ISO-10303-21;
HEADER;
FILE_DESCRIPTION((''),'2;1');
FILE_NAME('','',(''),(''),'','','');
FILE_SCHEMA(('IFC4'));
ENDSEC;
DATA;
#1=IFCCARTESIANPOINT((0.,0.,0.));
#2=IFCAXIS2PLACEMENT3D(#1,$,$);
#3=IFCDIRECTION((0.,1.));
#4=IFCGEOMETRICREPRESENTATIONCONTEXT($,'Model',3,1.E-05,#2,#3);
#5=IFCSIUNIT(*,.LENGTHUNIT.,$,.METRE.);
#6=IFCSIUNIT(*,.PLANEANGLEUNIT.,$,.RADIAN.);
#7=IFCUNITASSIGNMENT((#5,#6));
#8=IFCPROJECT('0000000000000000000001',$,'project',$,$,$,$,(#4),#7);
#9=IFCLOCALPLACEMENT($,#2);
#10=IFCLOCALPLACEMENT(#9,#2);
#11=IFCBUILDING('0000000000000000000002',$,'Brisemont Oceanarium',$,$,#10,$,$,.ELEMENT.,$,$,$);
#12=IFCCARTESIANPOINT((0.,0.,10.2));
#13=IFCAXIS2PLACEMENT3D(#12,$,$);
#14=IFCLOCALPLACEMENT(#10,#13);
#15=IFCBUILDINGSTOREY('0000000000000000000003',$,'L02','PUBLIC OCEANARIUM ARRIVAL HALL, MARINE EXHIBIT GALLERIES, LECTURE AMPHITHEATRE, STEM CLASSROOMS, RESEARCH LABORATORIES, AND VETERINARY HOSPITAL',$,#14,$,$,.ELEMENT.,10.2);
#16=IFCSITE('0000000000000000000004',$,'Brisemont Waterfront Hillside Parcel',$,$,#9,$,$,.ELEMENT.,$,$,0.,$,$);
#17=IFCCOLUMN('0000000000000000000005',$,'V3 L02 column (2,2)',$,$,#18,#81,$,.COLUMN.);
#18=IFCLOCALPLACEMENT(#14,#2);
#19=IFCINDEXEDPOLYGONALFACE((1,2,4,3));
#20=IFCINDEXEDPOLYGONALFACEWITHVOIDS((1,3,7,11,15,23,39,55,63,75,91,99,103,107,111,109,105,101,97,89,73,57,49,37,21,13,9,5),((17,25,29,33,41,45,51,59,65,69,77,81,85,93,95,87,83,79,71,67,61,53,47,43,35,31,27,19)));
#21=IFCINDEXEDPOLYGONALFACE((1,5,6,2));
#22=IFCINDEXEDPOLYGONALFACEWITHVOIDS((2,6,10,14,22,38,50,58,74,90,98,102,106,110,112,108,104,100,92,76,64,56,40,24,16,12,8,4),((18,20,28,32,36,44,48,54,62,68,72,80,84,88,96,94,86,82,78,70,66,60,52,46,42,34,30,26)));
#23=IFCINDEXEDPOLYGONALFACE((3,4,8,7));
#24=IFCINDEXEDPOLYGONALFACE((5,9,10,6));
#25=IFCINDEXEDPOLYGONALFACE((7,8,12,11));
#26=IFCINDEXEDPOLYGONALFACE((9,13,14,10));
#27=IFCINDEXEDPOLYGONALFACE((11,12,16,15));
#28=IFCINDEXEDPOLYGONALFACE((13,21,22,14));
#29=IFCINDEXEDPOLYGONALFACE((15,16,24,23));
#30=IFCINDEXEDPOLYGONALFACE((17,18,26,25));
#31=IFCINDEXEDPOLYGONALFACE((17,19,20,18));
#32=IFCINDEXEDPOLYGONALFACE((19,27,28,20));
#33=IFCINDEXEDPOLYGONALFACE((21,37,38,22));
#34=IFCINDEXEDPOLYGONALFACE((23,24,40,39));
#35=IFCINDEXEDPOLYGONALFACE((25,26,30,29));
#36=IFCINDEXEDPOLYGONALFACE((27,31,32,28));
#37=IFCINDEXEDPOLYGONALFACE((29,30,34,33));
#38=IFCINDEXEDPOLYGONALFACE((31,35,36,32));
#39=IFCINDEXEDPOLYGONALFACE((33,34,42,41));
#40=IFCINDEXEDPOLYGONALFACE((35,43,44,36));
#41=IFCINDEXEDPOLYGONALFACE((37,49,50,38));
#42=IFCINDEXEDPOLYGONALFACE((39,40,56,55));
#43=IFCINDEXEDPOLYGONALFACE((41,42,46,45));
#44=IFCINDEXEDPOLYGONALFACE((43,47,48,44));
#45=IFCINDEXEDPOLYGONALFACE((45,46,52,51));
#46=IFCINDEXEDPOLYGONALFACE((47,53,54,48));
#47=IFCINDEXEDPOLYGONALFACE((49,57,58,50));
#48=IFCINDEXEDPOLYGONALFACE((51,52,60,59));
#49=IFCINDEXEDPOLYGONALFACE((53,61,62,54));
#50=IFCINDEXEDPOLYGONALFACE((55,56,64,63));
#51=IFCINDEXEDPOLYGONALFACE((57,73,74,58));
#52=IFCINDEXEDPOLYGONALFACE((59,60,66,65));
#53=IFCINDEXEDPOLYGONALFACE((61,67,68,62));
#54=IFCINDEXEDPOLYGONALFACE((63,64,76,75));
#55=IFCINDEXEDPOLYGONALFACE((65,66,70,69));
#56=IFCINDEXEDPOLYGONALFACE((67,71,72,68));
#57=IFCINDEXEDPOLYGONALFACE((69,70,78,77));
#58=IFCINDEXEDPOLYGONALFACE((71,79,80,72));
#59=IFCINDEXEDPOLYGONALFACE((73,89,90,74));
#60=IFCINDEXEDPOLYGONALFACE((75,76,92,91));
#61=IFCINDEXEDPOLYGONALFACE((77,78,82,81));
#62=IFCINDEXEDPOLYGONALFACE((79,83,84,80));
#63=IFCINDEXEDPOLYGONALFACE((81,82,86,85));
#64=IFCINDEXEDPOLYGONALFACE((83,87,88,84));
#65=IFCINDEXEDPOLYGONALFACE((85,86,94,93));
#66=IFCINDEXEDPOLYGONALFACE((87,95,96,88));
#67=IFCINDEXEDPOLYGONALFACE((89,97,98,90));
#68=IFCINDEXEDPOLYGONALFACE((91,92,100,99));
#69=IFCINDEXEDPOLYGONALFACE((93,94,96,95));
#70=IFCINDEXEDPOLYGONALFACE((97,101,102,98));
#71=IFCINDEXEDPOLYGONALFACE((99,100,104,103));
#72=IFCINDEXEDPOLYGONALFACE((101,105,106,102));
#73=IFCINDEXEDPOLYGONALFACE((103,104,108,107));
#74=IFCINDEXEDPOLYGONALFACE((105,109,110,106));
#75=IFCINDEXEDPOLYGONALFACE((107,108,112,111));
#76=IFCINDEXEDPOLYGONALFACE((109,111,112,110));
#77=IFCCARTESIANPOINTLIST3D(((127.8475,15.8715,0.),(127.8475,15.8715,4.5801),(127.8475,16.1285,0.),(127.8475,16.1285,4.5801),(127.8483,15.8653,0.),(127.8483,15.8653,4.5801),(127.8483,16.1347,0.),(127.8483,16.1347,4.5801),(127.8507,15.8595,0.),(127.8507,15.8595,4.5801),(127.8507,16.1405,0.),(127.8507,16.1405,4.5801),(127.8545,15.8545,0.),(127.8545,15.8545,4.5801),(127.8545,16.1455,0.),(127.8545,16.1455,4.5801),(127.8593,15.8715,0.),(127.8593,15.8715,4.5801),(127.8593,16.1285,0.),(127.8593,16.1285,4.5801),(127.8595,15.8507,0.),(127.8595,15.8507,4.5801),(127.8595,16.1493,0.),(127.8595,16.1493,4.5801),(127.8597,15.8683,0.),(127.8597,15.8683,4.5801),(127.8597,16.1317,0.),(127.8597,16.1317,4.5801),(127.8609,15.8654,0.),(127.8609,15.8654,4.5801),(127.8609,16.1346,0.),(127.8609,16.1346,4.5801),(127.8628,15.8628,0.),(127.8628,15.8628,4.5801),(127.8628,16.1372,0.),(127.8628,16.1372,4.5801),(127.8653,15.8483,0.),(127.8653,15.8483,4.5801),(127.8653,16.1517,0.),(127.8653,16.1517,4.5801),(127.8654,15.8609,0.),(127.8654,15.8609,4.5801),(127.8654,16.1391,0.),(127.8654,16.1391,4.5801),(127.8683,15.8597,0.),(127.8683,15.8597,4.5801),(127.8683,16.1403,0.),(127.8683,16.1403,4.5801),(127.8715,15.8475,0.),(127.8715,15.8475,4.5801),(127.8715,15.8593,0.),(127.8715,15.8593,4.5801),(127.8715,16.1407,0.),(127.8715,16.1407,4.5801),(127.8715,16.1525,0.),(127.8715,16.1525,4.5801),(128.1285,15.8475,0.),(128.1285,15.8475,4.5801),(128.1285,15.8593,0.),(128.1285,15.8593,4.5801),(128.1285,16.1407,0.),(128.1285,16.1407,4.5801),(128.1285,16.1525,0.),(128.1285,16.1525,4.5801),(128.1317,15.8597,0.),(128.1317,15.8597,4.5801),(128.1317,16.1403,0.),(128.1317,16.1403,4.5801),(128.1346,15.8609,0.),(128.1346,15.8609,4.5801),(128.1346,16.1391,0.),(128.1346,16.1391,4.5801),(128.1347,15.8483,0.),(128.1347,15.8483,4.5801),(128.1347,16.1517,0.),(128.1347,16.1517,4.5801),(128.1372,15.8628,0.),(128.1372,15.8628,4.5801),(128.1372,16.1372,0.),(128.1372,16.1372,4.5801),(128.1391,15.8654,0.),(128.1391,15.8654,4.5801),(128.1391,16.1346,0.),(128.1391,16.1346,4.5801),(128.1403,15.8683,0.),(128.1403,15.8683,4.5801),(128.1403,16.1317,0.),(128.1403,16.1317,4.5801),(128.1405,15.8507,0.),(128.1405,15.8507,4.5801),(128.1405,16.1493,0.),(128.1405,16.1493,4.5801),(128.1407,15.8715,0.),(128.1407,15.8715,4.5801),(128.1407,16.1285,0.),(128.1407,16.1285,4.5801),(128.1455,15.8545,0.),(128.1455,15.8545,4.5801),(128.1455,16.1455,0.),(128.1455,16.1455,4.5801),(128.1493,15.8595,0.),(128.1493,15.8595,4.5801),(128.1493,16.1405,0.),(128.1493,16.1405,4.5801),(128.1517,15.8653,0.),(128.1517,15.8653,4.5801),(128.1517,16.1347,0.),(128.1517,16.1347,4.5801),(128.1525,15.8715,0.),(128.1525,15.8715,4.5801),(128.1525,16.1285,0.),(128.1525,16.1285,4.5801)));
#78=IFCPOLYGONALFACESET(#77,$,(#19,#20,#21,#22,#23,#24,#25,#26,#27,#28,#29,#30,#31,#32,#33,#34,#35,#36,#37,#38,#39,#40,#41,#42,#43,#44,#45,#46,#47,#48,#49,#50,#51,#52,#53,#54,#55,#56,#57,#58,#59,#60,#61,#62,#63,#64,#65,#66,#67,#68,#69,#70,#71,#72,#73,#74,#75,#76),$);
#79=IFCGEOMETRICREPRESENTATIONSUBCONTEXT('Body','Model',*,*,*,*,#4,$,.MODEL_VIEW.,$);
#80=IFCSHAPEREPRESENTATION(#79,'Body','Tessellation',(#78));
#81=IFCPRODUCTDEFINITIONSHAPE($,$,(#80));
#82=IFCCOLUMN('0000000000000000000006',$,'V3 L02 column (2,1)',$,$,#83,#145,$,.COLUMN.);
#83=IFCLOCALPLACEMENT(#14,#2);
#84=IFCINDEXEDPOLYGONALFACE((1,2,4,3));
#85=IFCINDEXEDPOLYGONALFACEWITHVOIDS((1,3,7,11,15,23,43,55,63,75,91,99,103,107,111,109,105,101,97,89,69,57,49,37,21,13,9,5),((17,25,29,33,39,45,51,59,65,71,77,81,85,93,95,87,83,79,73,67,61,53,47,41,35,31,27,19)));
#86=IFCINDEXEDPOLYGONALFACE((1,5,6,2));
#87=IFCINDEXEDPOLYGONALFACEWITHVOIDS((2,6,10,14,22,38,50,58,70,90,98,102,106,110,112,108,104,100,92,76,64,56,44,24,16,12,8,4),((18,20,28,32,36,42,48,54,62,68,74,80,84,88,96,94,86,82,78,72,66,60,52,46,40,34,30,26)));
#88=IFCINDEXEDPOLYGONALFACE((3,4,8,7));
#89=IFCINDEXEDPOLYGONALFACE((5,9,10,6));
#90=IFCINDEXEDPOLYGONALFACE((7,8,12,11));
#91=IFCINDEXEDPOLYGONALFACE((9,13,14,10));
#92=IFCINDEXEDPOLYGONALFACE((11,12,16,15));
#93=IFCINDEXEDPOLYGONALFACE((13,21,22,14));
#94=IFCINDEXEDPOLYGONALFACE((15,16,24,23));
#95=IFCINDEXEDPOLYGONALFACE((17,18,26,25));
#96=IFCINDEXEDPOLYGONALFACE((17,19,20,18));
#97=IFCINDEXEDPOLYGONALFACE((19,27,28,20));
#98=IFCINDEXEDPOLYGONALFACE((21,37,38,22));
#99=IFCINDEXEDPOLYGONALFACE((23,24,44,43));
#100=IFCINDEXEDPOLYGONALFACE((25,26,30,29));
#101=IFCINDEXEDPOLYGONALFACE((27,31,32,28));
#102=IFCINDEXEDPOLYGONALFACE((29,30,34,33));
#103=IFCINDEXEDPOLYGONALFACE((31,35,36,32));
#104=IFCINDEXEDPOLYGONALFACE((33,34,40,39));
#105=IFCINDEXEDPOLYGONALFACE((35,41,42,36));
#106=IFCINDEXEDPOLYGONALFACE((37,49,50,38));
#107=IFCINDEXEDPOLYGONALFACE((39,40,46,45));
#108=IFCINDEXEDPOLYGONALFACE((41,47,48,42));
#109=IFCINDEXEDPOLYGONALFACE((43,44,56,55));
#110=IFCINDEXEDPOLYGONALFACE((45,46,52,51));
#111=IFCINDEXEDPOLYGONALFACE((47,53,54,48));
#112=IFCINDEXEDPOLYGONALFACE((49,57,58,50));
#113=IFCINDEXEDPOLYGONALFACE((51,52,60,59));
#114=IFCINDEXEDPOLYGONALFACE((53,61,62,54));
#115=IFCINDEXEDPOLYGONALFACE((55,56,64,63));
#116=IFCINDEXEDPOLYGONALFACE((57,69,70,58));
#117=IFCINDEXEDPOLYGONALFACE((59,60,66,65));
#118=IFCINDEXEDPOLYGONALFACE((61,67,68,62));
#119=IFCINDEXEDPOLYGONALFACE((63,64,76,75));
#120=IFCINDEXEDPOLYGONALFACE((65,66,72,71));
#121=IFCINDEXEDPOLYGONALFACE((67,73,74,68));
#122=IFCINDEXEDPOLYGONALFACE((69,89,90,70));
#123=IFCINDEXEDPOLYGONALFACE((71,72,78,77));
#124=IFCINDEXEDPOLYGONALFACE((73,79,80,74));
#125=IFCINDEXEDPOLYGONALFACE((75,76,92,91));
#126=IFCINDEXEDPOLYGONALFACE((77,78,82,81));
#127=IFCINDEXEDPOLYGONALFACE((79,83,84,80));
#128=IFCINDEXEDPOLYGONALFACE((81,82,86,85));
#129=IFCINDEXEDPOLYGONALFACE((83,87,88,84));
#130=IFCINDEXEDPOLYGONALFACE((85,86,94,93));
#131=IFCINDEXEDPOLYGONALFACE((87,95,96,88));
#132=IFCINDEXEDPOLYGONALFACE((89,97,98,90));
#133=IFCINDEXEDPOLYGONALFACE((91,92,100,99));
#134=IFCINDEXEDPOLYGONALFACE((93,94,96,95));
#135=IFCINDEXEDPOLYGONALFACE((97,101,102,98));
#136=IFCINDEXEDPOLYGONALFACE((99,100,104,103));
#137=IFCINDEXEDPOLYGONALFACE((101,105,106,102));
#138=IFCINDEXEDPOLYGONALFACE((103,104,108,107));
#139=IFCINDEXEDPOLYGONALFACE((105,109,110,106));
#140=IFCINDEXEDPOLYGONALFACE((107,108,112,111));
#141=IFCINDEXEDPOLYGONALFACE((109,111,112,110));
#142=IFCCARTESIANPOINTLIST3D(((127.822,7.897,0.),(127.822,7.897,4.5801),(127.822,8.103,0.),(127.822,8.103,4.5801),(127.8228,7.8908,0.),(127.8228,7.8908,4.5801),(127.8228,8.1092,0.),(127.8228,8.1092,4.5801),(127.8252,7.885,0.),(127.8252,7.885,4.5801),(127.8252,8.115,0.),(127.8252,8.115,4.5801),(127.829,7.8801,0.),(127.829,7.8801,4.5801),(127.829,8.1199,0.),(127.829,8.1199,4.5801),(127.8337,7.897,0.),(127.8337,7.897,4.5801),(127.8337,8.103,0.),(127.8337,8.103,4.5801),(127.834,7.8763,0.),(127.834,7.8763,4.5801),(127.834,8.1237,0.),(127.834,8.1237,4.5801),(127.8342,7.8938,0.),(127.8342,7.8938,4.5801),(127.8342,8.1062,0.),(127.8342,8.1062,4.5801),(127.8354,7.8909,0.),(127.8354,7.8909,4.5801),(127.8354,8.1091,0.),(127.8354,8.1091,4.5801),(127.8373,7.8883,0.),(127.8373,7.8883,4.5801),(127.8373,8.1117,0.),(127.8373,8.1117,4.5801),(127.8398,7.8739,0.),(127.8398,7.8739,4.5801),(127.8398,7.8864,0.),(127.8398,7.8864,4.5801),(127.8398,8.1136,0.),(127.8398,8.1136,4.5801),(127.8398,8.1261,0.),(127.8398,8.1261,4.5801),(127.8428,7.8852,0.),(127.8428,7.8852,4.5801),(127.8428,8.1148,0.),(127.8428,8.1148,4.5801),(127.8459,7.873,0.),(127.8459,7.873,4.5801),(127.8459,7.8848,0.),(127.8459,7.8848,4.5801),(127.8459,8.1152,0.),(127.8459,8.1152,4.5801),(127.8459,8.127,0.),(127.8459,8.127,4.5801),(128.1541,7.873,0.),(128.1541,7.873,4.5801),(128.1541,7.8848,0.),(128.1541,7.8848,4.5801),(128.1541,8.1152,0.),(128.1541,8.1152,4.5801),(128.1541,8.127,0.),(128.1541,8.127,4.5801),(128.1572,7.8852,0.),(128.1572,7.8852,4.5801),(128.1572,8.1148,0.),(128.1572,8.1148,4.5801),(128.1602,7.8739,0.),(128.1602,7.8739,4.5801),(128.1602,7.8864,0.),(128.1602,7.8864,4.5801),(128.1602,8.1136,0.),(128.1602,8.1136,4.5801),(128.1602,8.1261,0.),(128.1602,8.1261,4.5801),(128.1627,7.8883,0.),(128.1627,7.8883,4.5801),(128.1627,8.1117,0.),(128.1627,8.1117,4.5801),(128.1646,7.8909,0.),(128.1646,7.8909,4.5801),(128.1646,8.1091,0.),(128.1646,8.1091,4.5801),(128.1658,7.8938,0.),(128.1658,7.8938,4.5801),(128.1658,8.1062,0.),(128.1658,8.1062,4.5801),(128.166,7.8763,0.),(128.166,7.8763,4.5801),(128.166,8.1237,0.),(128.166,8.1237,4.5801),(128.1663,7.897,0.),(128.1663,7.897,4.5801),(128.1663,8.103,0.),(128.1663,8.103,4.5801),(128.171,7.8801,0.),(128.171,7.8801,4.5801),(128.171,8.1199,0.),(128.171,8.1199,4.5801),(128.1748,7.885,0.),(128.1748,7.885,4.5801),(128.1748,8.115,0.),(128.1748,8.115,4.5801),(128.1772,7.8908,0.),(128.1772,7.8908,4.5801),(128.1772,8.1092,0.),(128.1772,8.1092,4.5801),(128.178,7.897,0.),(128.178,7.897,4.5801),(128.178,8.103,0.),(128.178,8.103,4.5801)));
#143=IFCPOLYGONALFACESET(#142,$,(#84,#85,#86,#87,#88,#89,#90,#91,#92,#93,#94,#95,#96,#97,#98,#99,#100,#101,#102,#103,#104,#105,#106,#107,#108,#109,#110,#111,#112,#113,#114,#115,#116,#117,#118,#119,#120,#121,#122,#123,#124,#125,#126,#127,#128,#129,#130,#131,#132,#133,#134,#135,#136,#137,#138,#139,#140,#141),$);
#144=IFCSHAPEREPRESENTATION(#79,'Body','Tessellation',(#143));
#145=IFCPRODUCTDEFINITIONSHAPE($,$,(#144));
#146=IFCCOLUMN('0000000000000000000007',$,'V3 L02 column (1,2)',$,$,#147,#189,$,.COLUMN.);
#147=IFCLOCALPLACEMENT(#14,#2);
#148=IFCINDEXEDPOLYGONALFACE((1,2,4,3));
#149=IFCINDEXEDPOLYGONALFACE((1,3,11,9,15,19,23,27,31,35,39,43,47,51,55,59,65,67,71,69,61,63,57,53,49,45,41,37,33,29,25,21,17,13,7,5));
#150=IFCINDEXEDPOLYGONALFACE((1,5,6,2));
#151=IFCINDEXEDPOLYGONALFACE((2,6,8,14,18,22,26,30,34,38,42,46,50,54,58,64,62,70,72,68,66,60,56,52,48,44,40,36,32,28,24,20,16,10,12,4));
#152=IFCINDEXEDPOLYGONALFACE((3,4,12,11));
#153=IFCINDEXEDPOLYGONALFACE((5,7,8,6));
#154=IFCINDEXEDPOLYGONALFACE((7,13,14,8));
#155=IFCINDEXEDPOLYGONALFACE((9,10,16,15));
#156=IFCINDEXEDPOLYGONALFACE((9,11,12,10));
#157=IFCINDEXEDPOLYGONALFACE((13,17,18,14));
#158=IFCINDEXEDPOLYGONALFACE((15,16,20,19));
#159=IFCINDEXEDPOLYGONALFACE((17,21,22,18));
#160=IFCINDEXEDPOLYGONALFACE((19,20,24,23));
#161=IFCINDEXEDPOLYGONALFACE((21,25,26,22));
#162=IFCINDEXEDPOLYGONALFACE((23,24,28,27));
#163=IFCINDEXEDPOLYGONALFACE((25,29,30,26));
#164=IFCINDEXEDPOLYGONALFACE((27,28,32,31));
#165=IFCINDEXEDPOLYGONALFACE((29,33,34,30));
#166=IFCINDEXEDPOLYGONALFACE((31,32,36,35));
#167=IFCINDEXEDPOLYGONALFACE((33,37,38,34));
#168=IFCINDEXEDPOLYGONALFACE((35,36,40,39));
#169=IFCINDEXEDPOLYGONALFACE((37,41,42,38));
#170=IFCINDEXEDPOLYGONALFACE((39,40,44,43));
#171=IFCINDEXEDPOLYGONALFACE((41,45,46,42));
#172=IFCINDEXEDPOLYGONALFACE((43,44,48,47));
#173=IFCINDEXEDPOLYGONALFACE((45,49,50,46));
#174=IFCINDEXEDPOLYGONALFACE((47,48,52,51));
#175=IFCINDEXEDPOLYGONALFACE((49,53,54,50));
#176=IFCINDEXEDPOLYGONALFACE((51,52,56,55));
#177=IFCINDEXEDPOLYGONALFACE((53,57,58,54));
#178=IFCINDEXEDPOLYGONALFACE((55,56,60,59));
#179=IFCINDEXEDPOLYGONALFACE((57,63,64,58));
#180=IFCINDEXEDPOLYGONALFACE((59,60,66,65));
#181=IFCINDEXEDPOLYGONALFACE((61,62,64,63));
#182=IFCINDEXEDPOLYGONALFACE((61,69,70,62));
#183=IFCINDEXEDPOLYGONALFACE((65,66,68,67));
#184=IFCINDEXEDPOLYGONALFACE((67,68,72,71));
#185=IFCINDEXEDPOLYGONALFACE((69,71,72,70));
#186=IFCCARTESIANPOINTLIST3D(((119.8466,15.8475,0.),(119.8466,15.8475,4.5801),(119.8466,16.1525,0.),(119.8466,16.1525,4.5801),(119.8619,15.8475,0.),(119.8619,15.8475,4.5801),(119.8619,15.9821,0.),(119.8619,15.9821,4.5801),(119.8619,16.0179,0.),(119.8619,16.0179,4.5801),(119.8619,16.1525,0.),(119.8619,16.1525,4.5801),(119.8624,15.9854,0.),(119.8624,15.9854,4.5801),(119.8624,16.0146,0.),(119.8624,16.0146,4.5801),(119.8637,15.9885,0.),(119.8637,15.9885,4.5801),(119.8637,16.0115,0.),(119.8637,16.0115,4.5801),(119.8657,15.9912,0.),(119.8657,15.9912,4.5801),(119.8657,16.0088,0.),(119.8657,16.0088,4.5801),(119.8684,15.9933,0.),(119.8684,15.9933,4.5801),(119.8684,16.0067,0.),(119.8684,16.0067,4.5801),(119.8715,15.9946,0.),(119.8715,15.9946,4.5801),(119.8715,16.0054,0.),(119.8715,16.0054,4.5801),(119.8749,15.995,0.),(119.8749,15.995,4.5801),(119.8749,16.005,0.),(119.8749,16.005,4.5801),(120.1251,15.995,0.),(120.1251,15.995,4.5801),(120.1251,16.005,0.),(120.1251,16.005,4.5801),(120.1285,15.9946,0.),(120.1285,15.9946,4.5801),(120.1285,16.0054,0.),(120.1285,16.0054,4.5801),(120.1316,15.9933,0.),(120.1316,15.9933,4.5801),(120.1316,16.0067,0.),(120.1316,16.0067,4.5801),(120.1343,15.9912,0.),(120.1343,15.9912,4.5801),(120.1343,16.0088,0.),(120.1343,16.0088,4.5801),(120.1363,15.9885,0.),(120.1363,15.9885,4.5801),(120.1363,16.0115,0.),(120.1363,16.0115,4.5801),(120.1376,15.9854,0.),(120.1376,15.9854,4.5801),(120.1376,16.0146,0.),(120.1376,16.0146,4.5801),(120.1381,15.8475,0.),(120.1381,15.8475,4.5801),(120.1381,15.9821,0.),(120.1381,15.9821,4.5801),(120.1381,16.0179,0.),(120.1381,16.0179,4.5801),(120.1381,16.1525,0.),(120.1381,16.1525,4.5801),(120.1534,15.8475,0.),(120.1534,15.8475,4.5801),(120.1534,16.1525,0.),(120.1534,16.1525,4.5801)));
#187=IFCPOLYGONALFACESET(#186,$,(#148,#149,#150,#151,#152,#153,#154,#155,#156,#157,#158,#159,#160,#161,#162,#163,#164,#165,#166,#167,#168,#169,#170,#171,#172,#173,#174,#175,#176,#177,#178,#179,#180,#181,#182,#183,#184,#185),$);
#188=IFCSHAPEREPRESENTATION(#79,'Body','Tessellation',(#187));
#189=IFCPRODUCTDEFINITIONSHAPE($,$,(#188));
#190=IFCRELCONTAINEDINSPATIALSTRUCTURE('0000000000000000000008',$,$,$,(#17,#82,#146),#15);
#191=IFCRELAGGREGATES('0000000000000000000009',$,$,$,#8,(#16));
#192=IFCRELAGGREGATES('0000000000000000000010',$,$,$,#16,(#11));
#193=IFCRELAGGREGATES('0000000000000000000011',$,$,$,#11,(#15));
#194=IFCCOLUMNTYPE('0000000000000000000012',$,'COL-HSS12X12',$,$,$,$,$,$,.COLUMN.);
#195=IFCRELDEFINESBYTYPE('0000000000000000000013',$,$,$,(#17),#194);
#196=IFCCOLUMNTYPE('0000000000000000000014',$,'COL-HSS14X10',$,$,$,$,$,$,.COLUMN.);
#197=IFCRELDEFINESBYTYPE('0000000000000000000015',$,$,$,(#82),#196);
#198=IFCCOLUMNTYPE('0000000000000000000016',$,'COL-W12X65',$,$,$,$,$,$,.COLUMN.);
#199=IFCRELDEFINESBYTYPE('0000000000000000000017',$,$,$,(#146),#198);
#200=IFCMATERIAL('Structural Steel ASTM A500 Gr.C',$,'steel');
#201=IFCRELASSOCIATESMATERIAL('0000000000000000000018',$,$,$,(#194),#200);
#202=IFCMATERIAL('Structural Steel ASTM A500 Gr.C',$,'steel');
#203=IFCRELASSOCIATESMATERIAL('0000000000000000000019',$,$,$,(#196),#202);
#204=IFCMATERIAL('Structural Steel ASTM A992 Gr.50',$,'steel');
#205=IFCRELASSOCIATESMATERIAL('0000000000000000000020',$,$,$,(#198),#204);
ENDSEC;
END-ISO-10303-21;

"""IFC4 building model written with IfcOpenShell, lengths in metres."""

from ifc_helpers import new_model, si_unit, direction, frame, origin, origin_2d, place, context, subcontext, project, spatial, hollow_rectangle, i_section, extrude, material, material_profile, profile_set, type_object, element, save


model = new_model("IFC4")

# Units and contexts
model_context = context("Model", 3, precision=1e-05, world=origin(), true_north=direction((0.0, 1.0)))
body_context = subcontext(model_context, "Body", "Model", "MODEL_VIEW")
ifc_project = project(units=[si_unit("LENGTHUNIT", "METRE"), si_unit("PLANEANGLEUNIT", "RADIAN")], contexts=[model_context])

# Site, building, storey
site_placement = place(None, origin())
site = spatial("IfcSite", under=ifc_project, at=site_placement, Name="Brisemont Waterfront Hillside Parcel", CompositionType="ELEMENT", RefElevation=0.0)
building_placement = place(site_placement, origin())
building = spatial("IfcBuilding", under=site, at=building_placement, Name="Brisemont Oceanarium", CompositionType="ELEMENT")
storey_placement = place(building_placement, frame((0.0, 0.0, 10.2)))
storey = spatial("IfcBuildingStorey", under=building, at=storey_placement, Name="L02", Description="PUBLIC OCEANARIUM ARRIVAL HALL, MARINE EXHIBIT GALLERIES, LECTURE AMPHITHEATRE, STEM CLASSROOMS, RESEARCH LABORATORIES, AND VETERINARY HOSPITAL", CompositionType="ELEMENT", Elevation=10.2)

# Columns
ifc_material_1 = material(Name="Structural Steel ASTM A500 Gr.C", Category="steel")
ifc_material_profile_1 = material_profile(ifc_material_1, hollow_rectangle(XDim=0.3049, YDim=0.3049, WallThickness=0.0117, InnerFilletRadius=0.0122, OuterFilletRadius=0.0239, at=origin_2d()), Name="HSS12X12X1/2")
ifc_profile_set_1 = profile_set([ifc_material_profile_1], Name="Structural Steel ASTM A500 Gr.C")
column_type_1 = type_object("IfcColumnType", Name="COL-HSS12X12", PredefinedType="COLUMN", material=ifc_profile_set_1)
column_1_placement = place(storey_placement, frame((128.0, 16.0, 0.0), z_axis=(0.0, 0.0, 1.0), x_axis=(1.0, 0.0, 0.0)))
element("IfcColumn", 1, at=column_1_placement, inside=storey, type_object=column_type_1, Name="V3 L02 column (2,2)", PredefinedType="COLUMN", context=body_context, shape_type="SweptSolid", body=[
    extrude(hollow_rectangle(XDim=0.3049, YDim=0.3049, WallThickness=0.0117, InnerFilletRadius=0.0122, OuterFilletRadius=0.0239, at=origin_2d()), origin(), (0.0, 0.0, 1.0), 4.5801),
])
ifc_material_2 = material(Name="Structural Steel ASTM A500 Gr.C", Category="steel")
ifc_material_profile_2 = material_profile(ifc_material_2, hollow_rectangle(XDim=0.2539, YDim=0.356, WallThickness=0.0117, InnerFilletRadius=0.0122, OuterFilletRadius=0.0239, at=origin_2d()), Name="HSS14X10X1/2")
ifc_profile_set_2 = profile_set([ifc_material_profile_2], Name="Structural Steel ASTM A500 Gr.C")
column_type_2 = type_object("IfcColumnType", Name="COL-HSS14X10", PredefinedType="COLUMN", material=ifc_profile_set_2)
column_2_placement = place(storey_placement, frame((128.0, 8.0, 0.0), z_axis=(0.0, 0.0, 1.0), x_axis=(0.0, 1.0, 0.0)))
element("IfcColumn", 2, at=column_2_placement, inside=storey, type_object=column_type_2, Name="V3 L02 column (2,1)", PredefinedType="COLUMN", context=body_context, shape_type="SweptSolid", body=[
    extrude(hollow_rectangle(XDim=0.2539, YDim=0.356, WallThickness=0.0117, InnerFilletRadius=0.0122, OuterFilletRadius=0.0239, at=origin_2d()), origin(), (0.0, 0.0, 1.0), 4.5801),
])
ifc_material_3 = material(Name="Structural Steel ASTM A992 Gr.50", Category="steel")
ifc_material_profile_3 = material_profile(ifc_material_3, i_section(OverallWidth=0.3049, OverallDepth=0.3069, WebThickness=0.01, FlangeThickness=0.0154, FilletRadius=0.0129, at=origin_2d()), Name="W12X65")
ifc_profile_set_3 = profile_set([ifc_material_profile_3], Name="Structural Steel ASTM A992 Gr.50")
column_type_3 = type_object("IfcColumnType", Name="COL-W12X65", PredefinedType="COLUMN", material=ifc_profile_set_3)
column_3_placement = place(storey_placement, frame((120.0, 16.0, 0.0), z_axis=(0.0, 0.0, 1.0), x_axis=(0.0, 1.0, 0.0)))
element("IfcColumn", 3, at=column_3_placement, inside=storey, type_object=column_type_3, Name="V3 L02 column (1,2)", PredefinedType="COLUMN", context=body_context, shape_type="SweptSolid", body=[
    extrude(i_section(OverallWidth=0.3049, OverallDepth=0.3069, WebThickness=0.01, FlangeThickness=0.0154, FilletRadius=0.0129, at=origin_2d()), origin(), (0.0, 0.0, 1.0), 4.5801),
])

save(model, "model.ifc")
